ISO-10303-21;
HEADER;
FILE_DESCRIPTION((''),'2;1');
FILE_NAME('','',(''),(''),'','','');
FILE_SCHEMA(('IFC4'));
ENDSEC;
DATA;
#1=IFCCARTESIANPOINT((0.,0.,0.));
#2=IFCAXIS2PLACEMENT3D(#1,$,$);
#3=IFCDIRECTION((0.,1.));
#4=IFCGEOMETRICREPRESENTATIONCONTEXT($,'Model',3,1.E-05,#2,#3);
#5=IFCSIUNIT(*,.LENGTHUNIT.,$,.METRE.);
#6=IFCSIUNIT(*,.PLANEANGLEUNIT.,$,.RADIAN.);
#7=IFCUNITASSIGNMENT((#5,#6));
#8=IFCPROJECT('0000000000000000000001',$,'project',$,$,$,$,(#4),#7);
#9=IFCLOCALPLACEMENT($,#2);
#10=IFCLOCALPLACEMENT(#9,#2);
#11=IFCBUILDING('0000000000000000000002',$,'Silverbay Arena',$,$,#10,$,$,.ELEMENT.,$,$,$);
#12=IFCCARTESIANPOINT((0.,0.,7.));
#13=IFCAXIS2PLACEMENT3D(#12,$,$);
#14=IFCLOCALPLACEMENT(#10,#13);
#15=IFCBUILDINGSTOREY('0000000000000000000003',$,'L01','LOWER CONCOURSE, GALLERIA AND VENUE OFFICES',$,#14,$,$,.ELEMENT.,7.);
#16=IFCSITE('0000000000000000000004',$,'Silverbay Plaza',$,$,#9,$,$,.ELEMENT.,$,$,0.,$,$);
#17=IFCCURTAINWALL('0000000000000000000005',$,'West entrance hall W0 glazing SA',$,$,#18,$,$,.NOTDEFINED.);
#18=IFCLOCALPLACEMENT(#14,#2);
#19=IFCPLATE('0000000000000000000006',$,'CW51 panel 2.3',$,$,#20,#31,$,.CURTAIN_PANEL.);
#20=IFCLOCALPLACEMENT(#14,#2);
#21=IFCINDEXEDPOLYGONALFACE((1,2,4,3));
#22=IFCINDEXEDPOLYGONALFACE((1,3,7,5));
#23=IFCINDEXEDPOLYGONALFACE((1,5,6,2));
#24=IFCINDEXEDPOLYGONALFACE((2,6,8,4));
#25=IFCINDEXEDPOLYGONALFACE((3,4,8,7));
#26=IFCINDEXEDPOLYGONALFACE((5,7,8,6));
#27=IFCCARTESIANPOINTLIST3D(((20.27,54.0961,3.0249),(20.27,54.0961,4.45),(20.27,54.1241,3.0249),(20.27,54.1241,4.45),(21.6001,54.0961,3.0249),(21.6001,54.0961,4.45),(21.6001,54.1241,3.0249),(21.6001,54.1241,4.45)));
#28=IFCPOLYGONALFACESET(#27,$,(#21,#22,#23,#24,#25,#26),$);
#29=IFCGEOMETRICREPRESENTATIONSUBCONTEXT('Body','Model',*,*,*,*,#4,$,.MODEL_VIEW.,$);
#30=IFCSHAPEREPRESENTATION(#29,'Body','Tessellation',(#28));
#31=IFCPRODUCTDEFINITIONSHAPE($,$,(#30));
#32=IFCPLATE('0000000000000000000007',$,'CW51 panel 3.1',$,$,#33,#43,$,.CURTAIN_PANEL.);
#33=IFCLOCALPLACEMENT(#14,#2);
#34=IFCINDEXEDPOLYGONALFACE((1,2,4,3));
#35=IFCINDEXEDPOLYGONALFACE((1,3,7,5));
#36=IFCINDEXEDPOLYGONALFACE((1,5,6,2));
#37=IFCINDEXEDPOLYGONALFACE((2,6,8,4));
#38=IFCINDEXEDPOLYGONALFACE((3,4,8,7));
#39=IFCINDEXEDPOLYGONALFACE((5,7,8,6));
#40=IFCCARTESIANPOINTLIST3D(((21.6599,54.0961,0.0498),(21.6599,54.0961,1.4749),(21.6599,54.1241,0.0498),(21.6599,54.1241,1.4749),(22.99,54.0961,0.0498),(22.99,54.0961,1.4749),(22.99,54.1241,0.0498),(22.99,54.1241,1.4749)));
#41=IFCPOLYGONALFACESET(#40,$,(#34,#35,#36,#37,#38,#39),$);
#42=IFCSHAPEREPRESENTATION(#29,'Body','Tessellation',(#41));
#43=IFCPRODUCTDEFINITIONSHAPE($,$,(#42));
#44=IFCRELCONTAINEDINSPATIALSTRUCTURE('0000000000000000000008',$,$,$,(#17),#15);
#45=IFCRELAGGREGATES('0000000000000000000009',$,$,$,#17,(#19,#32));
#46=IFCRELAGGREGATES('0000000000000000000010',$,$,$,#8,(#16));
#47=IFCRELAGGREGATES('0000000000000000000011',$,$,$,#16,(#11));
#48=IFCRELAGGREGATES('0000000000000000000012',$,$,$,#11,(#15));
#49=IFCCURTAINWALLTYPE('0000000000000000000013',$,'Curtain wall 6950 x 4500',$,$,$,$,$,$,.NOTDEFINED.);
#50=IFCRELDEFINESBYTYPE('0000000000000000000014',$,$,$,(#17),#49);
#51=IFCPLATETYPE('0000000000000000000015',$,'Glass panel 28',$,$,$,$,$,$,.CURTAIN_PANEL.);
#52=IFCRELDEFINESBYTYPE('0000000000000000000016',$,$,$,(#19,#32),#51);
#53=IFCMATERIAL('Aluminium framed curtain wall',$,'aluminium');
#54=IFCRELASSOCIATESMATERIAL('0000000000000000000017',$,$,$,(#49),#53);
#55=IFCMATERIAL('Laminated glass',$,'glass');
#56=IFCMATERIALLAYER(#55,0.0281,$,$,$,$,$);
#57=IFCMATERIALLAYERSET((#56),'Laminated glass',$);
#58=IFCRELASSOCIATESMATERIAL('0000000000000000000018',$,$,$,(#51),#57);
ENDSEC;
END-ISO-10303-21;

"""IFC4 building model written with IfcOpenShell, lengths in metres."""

from ifc_helpers import new_model, si_unit, direction, frame, origin, origin_2d, place, context, subcontext, project, spatial, rectangle, extrude, material, layer, layer_set, type_object, element, aggregate, save


model = new_model("IFC4")

# Units and contexts
model_context = context("Model", 3, precision=1e-05, world=origin(), true_north=direction((0.0, 1.0)))
body_context = subcontext(model_context, "Body", "Model", "MODEL_VIEW")
ifc_project = project(units=[si_unit("LENGTHUNIT", "METRE"), si_unit("PLANEANGLEUNIT", "RADIAN")], contexts=[model_context])

# Site, building, storey
site_placement = place(None, origin())
site = spatial("IfcSite", under=ifc_project, at=site_placement, Name="Silverbay Plaza", CompositionType="ELEMENT", RefElevation=0.0)
building_placement = place(site_placement, origin())
building = spatial("IfcBuilding", under=site, at=building_placement, Name="Silverbay Arena", CompositionType="ELEMENT")
storey_placement = place(building_placement, frame((0.0, 0.0, 7.0)))
storey = spatial("IfcBuildingStorey", under=building, at=storey_placement, Name="L01", Description="LOWER CONCOURSE, GALLERIA AND VENUE OFFICES", CompositionType="ELEMENT", Elevation=7.0)

# Curtain wall
ifc_material_1 = material(Name="Aluminium framed curtain wall", Category="aluminium")
curtain_wall_type = type_object("IfcCurtainWallType", Name="Curtain wall 6950 x 4500", PredefinedType="NOTDEFINED", material=ifc_material_1)
curtain_wall_placement = place(storey_placement, origin())
curtain_wall = element("IfcCurtainWall", 1, at=curtain_wall_placement, inside=storey, type_object=curtain_wall_type, Name="West entrance hall W0 glazing SA", PredefinedType="NOTDEFINED")

# Plates
ifc_material_2 = material(Name="Laminated glass", Category="glass")
ifc_layer = layer(ifc_material_2, 0.0281)
ifc_layer_set = layer_set([ifc_layer], Name="Laminated glass")
plate_type = type_object("IfcPlateType", Name="Glass panel 28", PredefinedType="CURTAIN_PANEL", material=ifc_layer_set)
plate_1_placement = place(storey_placement, frame((20.9351, 54.1101, 3.0249), z_axis=(0.0, 0.0, 1.0), x_axis=(1.0, 0.0, 0.0)))
plate_1 = element("IfcPlate", 2, at=plate_1_placement, type_object=plate_type, Name="CW51 panel 2.3", PredefinedType="CURTAIN_PANEL", context=body_context, shape_type="SweptSolid", body=[
    extrude(rectangle(XDim=1.3301, YDim=0.0281, at=origin_2d()), origin(), (0.0, 0.0, 1.0), 1.425),
])
plate_2_placement = place(storey_placement, frame((22.325, 54.1101, 0.0498), z_axis=(0.0, 0.0, 1.0), x_axis=(1.0, 0.0, 0.0)))
plate_2 = element("IfcPlate", 3, at=plate_2_placement, type_object=plate_type, Name="CW51 panel 3.1", PredefinedType="CURTAIN_PANEL", context=body_context, shape_type="SweptSolid", body=[
    extrude(rectangle(XDim=1.3301, YDim=0.0281, at=origin_2d()), origin(), (0.0, 0.0, 1.0), 1.425),
])
aggregate(curtain_wall, [plate_1, plate_2])

save(model, "model.ifc")
